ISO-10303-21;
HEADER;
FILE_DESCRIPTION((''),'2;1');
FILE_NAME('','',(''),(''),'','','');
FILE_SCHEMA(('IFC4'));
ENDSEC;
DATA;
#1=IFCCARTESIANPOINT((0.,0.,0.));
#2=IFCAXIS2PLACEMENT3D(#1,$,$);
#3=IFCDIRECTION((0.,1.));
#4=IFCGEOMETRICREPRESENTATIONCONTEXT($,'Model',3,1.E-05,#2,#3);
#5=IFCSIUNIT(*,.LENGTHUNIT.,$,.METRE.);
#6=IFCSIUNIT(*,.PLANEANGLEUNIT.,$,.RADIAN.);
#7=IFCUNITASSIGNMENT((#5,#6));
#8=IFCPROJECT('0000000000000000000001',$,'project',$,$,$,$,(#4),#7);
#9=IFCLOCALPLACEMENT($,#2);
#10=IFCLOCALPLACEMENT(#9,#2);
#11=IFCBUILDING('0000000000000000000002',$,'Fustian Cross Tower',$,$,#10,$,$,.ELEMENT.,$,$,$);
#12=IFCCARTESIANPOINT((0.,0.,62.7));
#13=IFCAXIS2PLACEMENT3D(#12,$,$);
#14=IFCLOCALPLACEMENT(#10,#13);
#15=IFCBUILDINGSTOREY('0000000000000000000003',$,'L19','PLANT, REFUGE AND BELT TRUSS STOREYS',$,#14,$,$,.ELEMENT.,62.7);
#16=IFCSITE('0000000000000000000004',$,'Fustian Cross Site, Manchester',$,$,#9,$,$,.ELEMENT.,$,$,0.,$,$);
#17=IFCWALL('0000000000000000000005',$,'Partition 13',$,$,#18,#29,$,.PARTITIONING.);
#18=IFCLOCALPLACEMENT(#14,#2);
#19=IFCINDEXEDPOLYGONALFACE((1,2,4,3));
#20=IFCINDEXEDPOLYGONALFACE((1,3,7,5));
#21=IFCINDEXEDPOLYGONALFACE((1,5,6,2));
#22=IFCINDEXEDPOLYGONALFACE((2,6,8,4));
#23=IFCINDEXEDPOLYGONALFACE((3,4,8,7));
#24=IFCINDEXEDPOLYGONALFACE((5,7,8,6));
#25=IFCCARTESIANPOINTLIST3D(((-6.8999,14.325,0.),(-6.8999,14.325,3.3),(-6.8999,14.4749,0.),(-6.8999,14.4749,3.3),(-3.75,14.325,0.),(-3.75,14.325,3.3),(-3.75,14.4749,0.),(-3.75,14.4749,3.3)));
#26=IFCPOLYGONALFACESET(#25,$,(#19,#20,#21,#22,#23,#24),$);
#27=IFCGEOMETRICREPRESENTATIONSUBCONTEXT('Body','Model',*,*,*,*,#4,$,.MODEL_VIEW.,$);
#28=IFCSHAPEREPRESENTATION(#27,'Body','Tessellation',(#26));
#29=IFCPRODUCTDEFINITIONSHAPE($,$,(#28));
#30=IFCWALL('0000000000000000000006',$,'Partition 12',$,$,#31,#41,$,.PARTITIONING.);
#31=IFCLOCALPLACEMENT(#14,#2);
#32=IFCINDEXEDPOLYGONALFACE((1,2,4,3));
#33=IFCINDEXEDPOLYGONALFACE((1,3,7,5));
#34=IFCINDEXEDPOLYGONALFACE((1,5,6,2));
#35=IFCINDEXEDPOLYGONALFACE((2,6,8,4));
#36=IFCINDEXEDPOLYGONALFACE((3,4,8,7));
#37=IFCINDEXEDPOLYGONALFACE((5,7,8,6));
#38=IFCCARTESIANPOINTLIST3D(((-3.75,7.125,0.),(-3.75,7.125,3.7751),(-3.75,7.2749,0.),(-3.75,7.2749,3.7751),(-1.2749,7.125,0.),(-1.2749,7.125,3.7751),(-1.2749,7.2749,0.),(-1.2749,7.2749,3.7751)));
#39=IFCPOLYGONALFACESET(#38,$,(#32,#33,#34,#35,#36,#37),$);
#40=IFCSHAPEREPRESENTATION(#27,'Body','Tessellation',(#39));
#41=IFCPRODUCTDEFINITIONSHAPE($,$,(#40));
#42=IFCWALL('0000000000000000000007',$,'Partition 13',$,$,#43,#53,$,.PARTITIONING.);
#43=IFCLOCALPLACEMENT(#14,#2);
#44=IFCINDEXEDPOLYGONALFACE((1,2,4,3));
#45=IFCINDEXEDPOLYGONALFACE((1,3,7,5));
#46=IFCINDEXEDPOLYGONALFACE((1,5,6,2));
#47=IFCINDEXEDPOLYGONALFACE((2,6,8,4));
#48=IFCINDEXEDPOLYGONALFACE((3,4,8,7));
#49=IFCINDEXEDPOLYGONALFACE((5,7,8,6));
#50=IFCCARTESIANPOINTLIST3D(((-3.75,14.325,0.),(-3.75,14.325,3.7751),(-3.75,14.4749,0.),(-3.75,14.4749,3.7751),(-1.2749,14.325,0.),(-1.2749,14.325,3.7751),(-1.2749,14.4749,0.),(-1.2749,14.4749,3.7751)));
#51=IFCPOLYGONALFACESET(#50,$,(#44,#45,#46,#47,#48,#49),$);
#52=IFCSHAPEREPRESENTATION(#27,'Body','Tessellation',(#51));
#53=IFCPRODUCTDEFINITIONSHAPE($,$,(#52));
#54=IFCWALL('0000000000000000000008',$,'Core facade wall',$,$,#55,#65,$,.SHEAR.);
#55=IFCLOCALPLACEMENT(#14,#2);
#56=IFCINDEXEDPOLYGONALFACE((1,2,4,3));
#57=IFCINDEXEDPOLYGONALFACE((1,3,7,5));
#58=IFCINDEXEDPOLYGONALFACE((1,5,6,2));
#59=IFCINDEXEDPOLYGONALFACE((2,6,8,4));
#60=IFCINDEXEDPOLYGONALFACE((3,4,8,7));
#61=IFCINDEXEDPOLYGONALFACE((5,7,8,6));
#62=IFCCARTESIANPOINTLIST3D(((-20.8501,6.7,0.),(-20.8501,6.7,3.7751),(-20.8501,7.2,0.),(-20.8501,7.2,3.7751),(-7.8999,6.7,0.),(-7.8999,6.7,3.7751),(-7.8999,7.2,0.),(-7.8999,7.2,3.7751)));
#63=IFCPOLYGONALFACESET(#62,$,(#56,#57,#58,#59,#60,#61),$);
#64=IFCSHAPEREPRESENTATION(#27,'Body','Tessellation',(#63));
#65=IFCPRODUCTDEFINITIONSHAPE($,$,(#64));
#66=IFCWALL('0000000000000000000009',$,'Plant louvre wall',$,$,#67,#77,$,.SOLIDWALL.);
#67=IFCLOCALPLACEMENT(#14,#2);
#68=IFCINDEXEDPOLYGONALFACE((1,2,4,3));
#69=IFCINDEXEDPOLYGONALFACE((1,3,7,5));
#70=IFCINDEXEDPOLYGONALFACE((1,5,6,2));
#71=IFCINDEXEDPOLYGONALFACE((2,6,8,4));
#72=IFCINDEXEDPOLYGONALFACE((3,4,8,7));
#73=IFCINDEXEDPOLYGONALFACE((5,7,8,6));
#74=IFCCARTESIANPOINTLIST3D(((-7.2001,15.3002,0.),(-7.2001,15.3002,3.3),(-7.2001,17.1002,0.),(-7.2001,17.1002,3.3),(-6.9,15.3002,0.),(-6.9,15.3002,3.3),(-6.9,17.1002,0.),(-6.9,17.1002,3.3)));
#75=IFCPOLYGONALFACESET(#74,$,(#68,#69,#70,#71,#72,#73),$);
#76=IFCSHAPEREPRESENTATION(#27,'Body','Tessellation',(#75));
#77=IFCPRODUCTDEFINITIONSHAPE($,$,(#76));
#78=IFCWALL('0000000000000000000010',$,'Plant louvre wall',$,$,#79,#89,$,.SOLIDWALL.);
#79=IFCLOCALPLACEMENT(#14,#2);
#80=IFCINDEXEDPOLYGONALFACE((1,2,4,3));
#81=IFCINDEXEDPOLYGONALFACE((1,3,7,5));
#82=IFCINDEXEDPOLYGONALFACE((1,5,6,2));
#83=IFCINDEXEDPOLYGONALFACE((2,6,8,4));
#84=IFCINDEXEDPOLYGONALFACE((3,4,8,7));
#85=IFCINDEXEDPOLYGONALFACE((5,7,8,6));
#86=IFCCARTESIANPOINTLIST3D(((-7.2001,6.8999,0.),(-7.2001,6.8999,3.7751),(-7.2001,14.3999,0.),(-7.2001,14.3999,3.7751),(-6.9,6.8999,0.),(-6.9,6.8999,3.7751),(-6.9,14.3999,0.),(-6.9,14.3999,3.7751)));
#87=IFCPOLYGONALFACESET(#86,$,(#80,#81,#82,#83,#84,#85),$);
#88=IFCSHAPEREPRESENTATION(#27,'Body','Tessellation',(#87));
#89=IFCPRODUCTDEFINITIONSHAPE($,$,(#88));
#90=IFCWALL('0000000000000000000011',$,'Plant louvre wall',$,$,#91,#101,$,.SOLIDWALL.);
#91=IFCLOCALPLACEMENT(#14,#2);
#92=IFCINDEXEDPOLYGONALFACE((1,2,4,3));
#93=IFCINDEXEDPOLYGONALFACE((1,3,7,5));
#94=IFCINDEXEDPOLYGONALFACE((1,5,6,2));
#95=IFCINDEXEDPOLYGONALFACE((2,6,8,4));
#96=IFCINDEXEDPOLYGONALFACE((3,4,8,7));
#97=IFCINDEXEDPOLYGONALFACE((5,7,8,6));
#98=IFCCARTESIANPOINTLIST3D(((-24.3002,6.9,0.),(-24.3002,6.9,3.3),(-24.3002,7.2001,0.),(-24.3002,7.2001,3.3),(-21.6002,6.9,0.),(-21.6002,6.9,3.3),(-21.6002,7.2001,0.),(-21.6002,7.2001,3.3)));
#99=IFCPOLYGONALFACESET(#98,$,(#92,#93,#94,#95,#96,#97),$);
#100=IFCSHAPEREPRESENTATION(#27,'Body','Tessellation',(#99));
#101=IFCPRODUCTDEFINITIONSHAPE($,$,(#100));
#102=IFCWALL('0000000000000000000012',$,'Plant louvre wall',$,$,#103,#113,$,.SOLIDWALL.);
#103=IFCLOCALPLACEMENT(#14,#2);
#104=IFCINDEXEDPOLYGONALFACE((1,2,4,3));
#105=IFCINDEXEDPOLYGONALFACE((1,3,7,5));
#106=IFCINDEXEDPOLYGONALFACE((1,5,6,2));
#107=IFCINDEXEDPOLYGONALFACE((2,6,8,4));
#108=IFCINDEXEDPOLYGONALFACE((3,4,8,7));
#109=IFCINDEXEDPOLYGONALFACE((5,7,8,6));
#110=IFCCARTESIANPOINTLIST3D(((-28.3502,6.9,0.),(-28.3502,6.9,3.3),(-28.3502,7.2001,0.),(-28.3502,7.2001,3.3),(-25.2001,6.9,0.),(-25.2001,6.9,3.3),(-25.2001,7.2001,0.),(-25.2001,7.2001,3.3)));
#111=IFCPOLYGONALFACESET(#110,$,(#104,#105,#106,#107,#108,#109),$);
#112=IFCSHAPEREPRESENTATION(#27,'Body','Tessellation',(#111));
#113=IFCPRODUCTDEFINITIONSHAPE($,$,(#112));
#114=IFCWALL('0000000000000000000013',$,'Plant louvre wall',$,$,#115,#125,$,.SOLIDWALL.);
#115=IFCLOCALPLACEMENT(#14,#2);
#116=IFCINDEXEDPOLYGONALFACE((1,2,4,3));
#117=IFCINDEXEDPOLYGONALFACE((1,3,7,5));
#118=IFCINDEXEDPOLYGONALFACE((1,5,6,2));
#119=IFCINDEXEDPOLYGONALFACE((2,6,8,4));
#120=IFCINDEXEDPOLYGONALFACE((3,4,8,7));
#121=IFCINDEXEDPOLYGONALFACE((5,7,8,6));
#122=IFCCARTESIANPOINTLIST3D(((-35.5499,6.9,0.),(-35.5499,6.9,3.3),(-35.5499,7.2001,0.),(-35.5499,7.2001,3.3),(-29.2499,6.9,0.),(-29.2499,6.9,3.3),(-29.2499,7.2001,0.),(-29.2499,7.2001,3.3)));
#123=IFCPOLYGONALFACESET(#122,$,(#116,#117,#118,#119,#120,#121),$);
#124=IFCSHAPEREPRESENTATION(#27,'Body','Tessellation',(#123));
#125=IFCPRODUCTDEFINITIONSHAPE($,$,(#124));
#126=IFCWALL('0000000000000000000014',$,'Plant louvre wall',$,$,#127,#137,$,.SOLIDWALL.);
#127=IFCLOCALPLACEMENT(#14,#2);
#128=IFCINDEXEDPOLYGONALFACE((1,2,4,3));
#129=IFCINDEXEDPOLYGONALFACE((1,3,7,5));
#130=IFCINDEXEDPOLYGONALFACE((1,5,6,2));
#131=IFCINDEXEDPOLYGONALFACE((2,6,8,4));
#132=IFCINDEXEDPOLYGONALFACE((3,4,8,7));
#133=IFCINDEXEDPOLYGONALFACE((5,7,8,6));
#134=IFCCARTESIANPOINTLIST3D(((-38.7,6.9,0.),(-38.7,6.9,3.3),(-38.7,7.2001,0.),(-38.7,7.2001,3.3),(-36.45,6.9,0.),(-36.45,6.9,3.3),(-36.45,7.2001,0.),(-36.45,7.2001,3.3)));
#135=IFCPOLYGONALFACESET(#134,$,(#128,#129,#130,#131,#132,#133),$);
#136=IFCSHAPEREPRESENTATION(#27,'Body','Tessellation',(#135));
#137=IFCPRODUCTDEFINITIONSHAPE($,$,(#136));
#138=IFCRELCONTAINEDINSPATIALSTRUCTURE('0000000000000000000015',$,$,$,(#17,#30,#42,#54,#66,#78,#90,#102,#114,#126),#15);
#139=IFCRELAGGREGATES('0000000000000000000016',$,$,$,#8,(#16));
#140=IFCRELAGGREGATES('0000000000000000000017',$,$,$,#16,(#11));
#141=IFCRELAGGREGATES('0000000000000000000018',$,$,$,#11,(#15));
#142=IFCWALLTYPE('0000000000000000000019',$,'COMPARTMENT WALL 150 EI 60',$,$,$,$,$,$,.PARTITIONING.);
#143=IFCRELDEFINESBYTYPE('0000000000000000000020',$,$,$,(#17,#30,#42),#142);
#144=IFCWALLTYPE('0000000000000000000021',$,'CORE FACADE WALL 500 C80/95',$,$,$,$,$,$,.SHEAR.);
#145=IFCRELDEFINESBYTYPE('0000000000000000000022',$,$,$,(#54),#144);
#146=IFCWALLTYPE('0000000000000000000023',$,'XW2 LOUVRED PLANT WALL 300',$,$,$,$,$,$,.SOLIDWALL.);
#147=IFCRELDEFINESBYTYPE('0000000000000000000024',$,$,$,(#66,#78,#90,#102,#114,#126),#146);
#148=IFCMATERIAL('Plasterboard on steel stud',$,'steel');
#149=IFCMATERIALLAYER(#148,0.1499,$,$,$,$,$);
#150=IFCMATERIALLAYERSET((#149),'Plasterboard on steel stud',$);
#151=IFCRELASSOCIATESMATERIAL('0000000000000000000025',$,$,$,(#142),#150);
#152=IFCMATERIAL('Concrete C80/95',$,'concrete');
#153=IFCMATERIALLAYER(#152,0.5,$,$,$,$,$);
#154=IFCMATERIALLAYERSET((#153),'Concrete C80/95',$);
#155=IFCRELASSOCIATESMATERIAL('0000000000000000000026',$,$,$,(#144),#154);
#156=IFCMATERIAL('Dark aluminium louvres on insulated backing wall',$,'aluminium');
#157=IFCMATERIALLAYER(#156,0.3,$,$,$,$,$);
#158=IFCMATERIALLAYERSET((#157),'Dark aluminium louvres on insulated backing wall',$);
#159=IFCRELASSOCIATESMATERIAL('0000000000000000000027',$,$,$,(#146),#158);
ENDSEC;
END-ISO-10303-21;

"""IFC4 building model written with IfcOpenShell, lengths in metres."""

from ifc_helpers import new_model, si_unit, direction, frame, frame_2d, origin, place, context, subcontext, project, spatial, rectangle, extrude, material, layer, layer_set, type_object, element, save


model = new_model("IFC4")

# Units and contexts
model_context = context("Model", 3, precision=1e-05, world=origin(), true_north=direction((0.0, 1.0)))
body_context = subcontext(model_context, "Body", "Model", "MODEL_VIEW")
ifc_project = project(units=[si_unit("LENGTHUNIT", "METRE"), si_unit("PLANEANGLEUNIT", "RADIAN")], contexts=[model_context])

# Site, building, storey
site_placement = place(None, origin())
site = spatial("IfcSite", under=ifc_project, at=site_placement, Name="Fustian Cross Site, Manchester", CompositionType="ELEMENT", RefElevation=0.0)
building_placement = place(site_placement, origin())
building = spatial("IfcBuilding", under=site, at=building_placement, Name="Fustian Cross Tower", CompositionType="ELEMENT")
storey_placement = place(building_placement, frame((0.0, 0.0, 62.7)))
storey = spatial("IfcBuildingStorey", under=building, at=storey_placement, Name="L19", Description="PLANT, REFUGE AND BELT TRUSS STOREYS", CompositionType="ELEMENT", Elevation=62.7)

# Walls
ifc_material_1 = material(Name="Plasterboard on steel stud", Category="steel")
ifc_layer_1 = layer(ifc_material_1, 0.1499)
ifc_layer_set_1 = layer_set([ifc_layer_1], Name="Plasterboard on steel stud")
wall_type_1 = type_object("IfcWallType", Name="COMPARTMENT WALL 150 EI 60", PredefinedType="PARTITIONING", material=ifc_layer_set_1)
wall_1_placement = place(storey_placement, frame((-6.8999, 14.3999, 0.0), z_axis=(0.0, 0.0, 1.0), x_axis=(1.0, 0.0, 0.0)))
element("IfcWall", 1, at=wall_1_placement, inside=storey, type_object=wall_type_1, Name="Partition 13", PredefinedType="PARTITIONING", context=body_context, shape_type="SweptSolid", body=[
    extrude(rectangle(XDim=3.1499, YDim=0.1499, at=frame_2d((1.575, 0.0))), origin(), (0.0, 0.0, 1.0), 3.3),
])
for number, where, z_axis, x_axis, name in (
    (2, (-3.75, 7.2, 0.0), (0.0, 0.0, 1.0), (1.0, 0.0, 0.0), "Partition 12"),
    (3, (-3.75, 14.3999, 0.0), (0.0, 0.0, 1.0), (1.0, 0.0, 0.0), "Partition 13"),
):
    element("IfcWall", number, at=place(storey_placement, frame(where, z_axis=z_axis, x_axis=x_axis)), inside=storey, type_object=wall_type_1, Name=name, PredefinedType="PARTITIONING", context=body_context, shape_type="SweptSolid", body=[
        extrude(rectangle(XDim=2.4751, YDim=0.1499, at=frame_2d((1.2375, 0.0))), origin(), (0.0, 0.0, 1.0), 3.7751),
    ])
ifc_material_2 = material(Name="Concrete C80/95", Category="concrete")
ifc_layer_2 = layer(ifc_material_2, 0.5)
ifc_layer_set_2 = layer_set([ifc_layer_2], Name="Concrete C80/95")
wall_type_2 = type_object("IfcWallType", Name="CORE FACADE WALL 500 C80/95", PredefinedType="SHEAR", material=ifc_layer_set_2)
wall_2_placement = place(storey_placement, frame((-7.8999, 6.95, 0.0), z_axis=(0.0, 0.0, 1.0), x_axis=(-1.0, 0.0, 0.0)))
element("IfcWall", 4, at=wall_2_placement, inside=storey, type_object=wall_type_2, Name="Core facade wall", PredefinedType="SHEAR", context=body_context, shape_type="SweptSolid", body=[
    extrude(rectangle(XDim=12.9502, YDim=0.5, at=frame_2d((6.4751, 0.0))), origin(), (0.0, 0.0, 1.0), 3.7751),
])
ifc_material_3 = material(Name="Dark aluminium louvres on insulated backing wall", Category="aluminium")
ifc_layer_3 = layer(ifc_material_3, 0.3)
ifc_layer_set_3 = layer_set([ifc_layer_3], Name="Dark aluminium louvres on insulated backing wall")
wall_type_3 = type_object("IfcWallType", Name="XW2 LOUVRED PLANT WALL 300", PredefinedType="SOLIDWALL", material=ifc_layer_set_3)
wall_3_placement = place(storey_placement, frame((-7.05, 17.1001, 0.0), z_axis=(0.0, 0.0, 1.0), x_axis=(0.0, -1.0, 0.0)))
element("IfcWall", 5, at=wall_3_placement, inside=storey, type_object=wall_type_3, Name="Plant louvre wall", PredefinedType="SOLIDWALL", context=body_context, shape_type="SweptSolid", body=[
    extrude(rectangle(XDim=1.8, YDim=0.3, at=frame_2d((0.8999, 0.0))), origin(), (0.0, 0.0, 1.0), 3.3),
])
wall_4_placement = place(storey_placement, frame((-7.05, 14.3999, 0.0), z_axis=(0.0, 0.0, 1.0), x_axis=(0.0, -1.0, 0.0)))
element("IfcWall", 6, at=wall_4_placement, inside=storey, type_object=wall_type_3, Name="Plant louvre wall", PredefinedType="SOLIDWALL", context=body_context, shape_type="SweptSolid", body=[
    extrude(rectangle(XDim=7.5, YDim=0.3, at=frame_2d((3.75, 0.0))), origin(), (0.0, 0.0, 1.0), 3.7751),
])
wall_5_placement = place(storey_placement, frame((-21.6001, 7.05, 0.0), z_axis=(0.0, 0.0, 1.0), x_axis=(-1.0, 0.0, 0.0)))
element("IfcWall", 7, at=wall_5_placement, inside=storey, type_object=wall_type_3, Name="Plant louvre wall", PredefinedType="SOLIDWALL", context=body_context, shape_type="SweptSolid", body=[
    extrude(rectangle(XDim=2.7, YDim=0.3, at=frame_2d((1.3501, 0.0))), origin(), (0.0, 0.0, 1.0), 3.3),
])
wall_6_placement = place(storey_placement, frame((-25.2, 7.05, 0.0), z_axis=(0.0, 0.0, 1.0), x_axis=(-1.0, 0.0, 0.0)))
element("IfcWall", 8, at=wall_6_placement, inside=storey, type_object=wall_type_3, Name="Plant louvre wall", PredefinedType="SOLIDWALL", context=body_context, shape_type="SweptSolid", body=[
    extrude(rectangle(XDim=3.1501, YDim=0.3, at=frame_2d((1.5752, 0.0))), origin(), (0.0, 0.0, 1.0), 3.3),
])
wall_7_placement = place(storey_placement, frame((-29.25, 7.05, 0.0), z_axis=(0.0, 0.0, 1.0), x_axis=(-1.0, 0.0, 0.0)))
element("IfcWall", 9, at=wall_7_placement, inside=storey, type_object=wall_type_3, Name="Plant louvre wall", PredefinedType="SOLIDWALL", context=body_context, shape_type="SweptSolid", body=[
    extrude(rectangle(XDim=6.3, YDim=0.3, at=frame_2d((3.1499, 0.0))), origin(), (0.0, 0.0, 1.0), 3.3),
])
wall_8_placement = place(storey_placement, frame((-36.45, 7.05, 0.0), z_axis=(0.0, 0.0, 1.0), x_axis=(-1.0, 0.0, 0.0)))
element("IfcWall", 10, at=wall_8_placement, inside=storey, type_object=wall_type_3, Name="Plant louvre wall", PredefinedType="SOLIDWALL", context=body_context, shape_type="SweptSolid", body=[
    extrude(rectangle(XDim=2.25, YDim=0.3, at=frame_2d((1.125, 0.0))), origin(), (0.0, 0.0, 1.0), 3.3),
])

save(model, "model.ifc")
